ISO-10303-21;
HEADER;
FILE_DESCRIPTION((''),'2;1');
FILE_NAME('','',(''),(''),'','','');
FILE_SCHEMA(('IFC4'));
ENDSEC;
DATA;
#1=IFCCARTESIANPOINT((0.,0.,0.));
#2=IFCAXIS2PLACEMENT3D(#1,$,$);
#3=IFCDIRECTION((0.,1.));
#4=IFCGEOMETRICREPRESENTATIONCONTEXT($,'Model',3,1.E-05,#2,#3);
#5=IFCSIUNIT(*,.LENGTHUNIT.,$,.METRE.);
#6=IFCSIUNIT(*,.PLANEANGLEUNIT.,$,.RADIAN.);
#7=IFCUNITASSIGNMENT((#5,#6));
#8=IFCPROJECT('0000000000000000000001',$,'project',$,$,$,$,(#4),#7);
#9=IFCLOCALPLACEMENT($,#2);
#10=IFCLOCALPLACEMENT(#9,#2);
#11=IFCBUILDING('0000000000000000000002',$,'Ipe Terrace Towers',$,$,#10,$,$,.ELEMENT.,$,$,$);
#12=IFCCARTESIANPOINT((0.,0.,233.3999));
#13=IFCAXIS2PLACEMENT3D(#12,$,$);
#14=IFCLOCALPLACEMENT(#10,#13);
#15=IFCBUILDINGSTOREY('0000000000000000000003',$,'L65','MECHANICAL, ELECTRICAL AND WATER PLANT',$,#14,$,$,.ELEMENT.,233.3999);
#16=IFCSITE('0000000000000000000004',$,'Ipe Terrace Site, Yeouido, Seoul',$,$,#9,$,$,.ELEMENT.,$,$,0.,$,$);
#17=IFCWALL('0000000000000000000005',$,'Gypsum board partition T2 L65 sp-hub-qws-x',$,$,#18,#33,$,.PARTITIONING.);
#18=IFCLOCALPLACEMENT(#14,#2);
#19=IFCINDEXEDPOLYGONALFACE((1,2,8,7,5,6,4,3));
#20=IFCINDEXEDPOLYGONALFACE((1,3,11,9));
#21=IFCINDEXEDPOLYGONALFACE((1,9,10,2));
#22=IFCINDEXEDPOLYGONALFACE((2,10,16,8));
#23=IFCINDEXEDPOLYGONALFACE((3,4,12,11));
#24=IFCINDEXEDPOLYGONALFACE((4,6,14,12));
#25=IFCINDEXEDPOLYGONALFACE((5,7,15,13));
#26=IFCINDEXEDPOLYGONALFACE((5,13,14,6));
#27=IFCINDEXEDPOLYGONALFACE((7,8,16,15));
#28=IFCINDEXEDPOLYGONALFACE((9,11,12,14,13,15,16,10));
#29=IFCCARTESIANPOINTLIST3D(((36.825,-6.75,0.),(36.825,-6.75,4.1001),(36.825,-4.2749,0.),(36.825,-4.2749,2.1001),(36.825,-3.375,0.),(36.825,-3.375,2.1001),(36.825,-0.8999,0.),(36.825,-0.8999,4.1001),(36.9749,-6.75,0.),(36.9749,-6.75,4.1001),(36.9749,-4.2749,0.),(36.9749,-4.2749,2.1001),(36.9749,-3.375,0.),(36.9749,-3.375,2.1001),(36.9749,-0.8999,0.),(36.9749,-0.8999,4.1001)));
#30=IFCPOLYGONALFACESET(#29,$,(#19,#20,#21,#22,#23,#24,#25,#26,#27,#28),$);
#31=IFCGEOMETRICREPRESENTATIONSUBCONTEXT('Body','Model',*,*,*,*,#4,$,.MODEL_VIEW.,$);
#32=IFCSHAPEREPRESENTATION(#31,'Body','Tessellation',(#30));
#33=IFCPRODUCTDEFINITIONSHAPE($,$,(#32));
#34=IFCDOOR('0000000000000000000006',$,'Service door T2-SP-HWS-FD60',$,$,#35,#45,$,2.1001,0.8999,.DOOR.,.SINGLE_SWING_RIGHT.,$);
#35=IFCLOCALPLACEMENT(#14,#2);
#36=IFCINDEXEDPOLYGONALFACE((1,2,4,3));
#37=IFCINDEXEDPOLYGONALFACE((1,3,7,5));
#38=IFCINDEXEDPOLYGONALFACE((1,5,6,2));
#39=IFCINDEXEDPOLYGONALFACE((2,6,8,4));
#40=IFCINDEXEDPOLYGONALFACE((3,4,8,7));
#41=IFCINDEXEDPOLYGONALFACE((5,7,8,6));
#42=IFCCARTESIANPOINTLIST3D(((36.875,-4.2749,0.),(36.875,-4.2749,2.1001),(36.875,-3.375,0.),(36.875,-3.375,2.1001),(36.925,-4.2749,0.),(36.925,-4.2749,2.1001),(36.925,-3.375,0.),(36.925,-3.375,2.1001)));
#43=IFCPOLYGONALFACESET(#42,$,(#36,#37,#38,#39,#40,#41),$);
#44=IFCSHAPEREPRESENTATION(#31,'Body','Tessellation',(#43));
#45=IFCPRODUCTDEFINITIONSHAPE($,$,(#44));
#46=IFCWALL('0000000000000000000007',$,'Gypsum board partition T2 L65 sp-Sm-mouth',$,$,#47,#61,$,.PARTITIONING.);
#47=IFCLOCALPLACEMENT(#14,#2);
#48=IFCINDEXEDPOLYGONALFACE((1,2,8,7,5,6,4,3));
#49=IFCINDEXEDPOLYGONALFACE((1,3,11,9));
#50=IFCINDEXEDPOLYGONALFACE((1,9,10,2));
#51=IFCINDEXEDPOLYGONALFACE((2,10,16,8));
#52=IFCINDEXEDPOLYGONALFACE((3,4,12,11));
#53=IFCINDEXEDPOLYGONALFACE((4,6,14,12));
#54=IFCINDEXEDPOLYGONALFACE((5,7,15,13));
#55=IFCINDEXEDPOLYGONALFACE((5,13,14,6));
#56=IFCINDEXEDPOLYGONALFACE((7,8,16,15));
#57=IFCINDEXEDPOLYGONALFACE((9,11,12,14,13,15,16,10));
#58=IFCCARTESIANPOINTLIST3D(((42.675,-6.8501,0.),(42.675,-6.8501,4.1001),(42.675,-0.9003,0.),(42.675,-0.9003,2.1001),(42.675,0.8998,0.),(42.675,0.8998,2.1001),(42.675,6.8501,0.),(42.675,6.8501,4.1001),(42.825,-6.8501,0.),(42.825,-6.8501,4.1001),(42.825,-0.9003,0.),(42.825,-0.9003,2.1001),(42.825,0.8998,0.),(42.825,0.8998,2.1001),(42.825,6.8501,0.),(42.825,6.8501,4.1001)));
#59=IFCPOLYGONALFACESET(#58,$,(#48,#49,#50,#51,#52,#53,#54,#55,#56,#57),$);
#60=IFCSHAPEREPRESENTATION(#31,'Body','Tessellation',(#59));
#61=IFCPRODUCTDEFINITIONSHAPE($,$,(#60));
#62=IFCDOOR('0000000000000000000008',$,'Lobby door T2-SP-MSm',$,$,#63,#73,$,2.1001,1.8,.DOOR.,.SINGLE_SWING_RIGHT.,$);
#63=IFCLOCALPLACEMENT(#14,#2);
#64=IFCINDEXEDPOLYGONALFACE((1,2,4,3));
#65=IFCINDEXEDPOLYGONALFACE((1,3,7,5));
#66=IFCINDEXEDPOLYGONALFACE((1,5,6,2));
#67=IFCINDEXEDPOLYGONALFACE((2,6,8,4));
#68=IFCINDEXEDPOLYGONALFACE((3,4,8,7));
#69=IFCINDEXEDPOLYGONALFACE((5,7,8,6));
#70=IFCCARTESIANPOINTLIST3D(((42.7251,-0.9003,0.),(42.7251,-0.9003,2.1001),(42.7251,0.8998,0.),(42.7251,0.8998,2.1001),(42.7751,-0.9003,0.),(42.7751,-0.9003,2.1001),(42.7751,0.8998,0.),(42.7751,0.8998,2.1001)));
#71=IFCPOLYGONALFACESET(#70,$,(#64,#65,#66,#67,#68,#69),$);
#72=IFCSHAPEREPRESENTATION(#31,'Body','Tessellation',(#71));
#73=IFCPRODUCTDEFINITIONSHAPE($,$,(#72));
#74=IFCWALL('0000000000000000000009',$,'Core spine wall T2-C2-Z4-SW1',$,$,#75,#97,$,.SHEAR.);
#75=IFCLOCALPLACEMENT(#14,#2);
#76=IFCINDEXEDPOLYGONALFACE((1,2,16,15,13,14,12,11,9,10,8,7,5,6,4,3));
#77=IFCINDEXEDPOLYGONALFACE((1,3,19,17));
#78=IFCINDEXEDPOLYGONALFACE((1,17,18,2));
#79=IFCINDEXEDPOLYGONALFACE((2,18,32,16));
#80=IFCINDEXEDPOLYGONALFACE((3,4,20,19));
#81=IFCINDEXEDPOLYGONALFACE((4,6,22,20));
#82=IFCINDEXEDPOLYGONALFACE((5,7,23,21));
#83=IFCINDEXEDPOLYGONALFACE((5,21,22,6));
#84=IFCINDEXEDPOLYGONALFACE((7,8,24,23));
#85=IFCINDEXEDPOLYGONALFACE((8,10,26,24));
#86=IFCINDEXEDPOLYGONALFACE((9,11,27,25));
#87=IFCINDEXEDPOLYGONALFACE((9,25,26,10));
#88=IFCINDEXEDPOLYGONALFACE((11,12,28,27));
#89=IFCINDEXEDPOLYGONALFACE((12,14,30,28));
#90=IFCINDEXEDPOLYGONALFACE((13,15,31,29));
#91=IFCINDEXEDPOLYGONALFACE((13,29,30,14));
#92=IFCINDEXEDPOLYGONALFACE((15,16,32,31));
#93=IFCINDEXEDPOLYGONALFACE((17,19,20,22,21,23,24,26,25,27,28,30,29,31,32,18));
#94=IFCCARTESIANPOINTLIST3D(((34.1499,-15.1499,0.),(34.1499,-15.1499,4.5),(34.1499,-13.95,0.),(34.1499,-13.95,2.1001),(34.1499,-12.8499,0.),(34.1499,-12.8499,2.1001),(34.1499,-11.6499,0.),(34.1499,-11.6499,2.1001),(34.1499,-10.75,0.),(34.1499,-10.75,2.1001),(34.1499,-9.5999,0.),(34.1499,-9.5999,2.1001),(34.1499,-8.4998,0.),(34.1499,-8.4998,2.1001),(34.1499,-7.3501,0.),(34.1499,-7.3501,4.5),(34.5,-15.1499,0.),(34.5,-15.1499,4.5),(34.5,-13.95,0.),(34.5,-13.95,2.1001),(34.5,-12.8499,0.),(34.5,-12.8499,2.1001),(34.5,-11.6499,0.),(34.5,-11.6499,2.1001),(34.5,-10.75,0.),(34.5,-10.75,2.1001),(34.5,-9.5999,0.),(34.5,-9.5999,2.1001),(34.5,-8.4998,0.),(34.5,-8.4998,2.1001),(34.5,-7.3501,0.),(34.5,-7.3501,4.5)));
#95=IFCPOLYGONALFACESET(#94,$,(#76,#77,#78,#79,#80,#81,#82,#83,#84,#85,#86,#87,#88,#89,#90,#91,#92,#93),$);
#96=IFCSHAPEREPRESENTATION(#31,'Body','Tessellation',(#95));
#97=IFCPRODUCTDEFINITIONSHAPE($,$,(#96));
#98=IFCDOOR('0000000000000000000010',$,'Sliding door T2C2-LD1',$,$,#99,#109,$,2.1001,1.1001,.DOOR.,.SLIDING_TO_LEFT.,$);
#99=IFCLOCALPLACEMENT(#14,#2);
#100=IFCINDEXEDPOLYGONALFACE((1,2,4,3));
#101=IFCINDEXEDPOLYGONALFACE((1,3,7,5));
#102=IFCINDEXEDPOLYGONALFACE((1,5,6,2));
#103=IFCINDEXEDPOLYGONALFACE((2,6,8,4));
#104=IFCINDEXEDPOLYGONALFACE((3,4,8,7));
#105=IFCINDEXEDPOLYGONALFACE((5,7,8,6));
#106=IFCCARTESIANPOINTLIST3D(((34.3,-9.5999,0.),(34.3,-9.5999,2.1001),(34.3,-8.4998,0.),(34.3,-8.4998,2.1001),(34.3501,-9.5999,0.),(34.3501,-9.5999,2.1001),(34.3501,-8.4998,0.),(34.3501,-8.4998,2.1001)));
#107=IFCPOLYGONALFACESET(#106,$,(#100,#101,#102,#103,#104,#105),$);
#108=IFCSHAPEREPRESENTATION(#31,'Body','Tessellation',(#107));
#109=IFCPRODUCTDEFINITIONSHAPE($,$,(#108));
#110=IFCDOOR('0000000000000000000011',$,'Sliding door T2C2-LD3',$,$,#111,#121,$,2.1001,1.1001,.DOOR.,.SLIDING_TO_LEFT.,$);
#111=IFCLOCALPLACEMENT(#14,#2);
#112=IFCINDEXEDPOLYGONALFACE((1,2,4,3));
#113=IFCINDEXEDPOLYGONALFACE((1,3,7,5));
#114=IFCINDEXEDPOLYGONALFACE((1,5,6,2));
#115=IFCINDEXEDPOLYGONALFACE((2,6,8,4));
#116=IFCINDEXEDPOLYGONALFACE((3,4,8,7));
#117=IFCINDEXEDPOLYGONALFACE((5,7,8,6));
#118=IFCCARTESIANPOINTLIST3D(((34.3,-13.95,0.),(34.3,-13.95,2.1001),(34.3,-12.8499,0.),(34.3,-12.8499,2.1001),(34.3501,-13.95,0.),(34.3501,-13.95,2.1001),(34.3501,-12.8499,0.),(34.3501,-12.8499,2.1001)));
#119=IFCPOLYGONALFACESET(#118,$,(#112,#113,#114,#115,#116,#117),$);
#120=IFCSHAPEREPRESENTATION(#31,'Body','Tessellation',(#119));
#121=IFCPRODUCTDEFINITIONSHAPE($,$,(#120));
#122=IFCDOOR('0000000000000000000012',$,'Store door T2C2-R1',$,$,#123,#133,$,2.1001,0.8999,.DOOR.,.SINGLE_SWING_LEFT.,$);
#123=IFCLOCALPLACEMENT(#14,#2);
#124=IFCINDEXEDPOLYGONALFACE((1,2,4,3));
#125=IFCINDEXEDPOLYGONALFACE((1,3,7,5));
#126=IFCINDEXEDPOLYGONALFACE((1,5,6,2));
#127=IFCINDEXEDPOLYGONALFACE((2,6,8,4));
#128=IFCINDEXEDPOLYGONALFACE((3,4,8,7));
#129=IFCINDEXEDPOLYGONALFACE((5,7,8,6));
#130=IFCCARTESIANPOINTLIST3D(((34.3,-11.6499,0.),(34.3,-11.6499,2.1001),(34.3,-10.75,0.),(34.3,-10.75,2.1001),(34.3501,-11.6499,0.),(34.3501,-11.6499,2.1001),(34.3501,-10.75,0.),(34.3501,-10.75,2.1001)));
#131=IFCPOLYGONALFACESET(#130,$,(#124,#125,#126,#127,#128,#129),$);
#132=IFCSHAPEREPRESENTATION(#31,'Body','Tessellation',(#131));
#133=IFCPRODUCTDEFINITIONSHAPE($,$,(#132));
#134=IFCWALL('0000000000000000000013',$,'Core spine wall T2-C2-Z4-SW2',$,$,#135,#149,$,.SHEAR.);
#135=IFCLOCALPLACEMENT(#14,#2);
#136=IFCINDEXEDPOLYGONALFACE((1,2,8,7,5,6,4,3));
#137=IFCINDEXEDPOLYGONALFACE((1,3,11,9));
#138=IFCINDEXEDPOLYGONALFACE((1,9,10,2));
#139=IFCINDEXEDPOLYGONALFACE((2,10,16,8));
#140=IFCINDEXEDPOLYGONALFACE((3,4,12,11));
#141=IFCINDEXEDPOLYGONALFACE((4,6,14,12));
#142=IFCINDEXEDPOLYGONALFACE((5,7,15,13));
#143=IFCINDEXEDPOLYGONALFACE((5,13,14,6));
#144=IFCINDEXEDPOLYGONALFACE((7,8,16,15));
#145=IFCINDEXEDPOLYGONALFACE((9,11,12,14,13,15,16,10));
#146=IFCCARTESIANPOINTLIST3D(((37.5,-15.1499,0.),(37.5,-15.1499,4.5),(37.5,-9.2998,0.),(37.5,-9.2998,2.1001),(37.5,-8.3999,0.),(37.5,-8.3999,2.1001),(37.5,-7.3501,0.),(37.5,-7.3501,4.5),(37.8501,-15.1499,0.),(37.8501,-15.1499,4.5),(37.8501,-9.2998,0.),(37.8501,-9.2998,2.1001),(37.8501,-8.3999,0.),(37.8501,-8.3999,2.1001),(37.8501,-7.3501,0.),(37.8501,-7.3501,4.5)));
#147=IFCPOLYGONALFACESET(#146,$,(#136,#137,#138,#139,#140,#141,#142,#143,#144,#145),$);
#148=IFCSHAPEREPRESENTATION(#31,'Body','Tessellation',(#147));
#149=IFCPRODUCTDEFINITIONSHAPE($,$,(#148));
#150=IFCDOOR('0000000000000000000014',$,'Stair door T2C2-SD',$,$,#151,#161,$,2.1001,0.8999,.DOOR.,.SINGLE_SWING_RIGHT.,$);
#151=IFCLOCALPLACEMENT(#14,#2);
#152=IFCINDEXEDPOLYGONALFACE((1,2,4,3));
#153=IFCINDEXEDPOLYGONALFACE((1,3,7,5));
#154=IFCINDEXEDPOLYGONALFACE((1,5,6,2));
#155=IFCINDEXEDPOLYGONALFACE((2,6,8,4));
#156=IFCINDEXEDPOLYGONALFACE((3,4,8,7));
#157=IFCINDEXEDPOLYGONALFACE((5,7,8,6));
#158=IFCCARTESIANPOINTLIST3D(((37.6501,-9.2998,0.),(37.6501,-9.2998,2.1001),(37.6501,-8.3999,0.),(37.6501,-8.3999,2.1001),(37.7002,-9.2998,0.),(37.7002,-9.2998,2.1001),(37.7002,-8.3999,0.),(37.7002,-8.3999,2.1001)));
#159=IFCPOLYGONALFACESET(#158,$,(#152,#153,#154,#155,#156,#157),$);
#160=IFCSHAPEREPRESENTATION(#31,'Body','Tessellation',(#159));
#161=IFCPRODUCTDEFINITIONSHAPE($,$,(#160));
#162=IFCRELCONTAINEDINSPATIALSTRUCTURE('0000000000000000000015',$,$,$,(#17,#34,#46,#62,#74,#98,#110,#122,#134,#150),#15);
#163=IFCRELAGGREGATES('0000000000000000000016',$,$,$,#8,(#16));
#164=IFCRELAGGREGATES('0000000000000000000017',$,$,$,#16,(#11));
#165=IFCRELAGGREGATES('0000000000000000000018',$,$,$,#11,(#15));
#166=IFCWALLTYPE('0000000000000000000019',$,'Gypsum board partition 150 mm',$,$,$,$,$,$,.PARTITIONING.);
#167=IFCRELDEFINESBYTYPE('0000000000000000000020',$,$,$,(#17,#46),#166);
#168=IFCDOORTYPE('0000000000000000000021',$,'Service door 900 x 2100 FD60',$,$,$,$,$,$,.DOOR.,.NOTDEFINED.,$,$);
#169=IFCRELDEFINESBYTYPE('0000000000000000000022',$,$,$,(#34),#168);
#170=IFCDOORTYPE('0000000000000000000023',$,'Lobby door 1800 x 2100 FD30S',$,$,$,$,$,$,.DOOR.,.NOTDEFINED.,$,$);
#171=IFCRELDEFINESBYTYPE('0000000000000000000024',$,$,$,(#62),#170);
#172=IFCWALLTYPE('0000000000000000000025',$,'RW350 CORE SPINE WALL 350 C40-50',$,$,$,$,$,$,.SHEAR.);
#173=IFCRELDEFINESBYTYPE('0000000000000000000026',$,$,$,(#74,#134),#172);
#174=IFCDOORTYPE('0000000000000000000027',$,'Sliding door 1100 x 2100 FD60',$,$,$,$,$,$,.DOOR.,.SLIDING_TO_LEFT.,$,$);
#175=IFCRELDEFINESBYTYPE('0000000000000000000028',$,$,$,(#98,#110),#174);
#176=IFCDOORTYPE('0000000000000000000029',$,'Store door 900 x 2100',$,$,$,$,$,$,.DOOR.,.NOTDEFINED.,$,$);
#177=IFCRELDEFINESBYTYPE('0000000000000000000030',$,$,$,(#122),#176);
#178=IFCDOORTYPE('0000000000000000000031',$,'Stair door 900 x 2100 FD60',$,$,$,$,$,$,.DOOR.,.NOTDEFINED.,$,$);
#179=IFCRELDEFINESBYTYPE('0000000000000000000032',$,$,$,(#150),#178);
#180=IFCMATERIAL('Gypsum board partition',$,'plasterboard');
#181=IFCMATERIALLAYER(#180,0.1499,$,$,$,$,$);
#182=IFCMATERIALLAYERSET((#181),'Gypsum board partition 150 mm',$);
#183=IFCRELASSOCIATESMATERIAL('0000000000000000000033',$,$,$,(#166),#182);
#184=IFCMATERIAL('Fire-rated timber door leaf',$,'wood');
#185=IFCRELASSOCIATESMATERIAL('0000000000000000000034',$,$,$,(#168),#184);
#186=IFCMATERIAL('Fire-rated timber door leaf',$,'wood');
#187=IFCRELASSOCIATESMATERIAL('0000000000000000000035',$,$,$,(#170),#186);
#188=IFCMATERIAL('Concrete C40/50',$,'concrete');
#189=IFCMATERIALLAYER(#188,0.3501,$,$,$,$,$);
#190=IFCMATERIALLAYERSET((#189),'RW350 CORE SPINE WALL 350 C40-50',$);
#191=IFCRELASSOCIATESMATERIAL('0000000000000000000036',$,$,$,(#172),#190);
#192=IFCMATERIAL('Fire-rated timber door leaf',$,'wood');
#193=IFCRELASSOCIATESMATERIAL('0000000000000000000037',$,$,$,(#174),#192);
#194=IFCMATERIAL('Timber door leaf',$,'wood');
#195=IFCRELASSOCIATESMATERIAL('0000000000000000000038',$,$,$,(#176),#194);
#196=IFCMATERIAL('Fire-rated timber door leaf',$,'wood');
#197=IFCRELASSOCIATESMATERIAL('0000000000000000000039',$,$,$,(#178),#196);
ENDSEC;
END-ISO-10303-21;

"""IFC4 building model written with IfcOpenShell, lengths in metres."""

from ifc_helpers import new_model, si_unit, direction, frame, frame_2d, origin, place, context, subcontext, project, spatial, rectangle, extrude, material, layer, layer_set, type_object, element, fill, save


model = new_model("IFC4")

# Units and contexts
model_context = context("Model", 3, precision=1e-05, world=origin(), true_north=direction((0.0, 1.0)))
body_context = subcontext(model_context, "Body", "Model", "MODEL_VIEW")
ifc_project = project(units=[si_unit("LENGTHUNIT", "METRE"), si_unit("PLANEANGLEUNIT", "RADIAN")], contexts=[model_context])

# Site, building, storey
site_placement = place(None, origin())
site = spatial("IfcSite", under=ifc_project, at=site_placement, Name="Ipe Terrace Site, Yeouido, Seoul", CompositionType="ELEMENT", RefElevation=0.0)
building_placement = place(site_placement, origin())
building = spatial("IfcBuilding", under=site, at=building_placement, Name="Ipe Terrace Towers", CompositionType="ELEMENT")
storey_placement = place(building_placement, frame((0.0, 0.0, 233.3999)))
storey = spatial("IfcBuildingStorey", under=building, at=storey_placement, Name="L65", Description="MECHANICAL, ELECTRICAL AND WATER PLANT", CompositionType="ELEMENT", Elevation=233.3999)

# Shared definitions
ifc_material_1 = material(Name="Gypsum board partition", Category="plasterboard")
ifc_layer_1 = layer(ifc_material_1, 0.1499)
ifc_layer_set_1 = layer_set([ifc_layer_1], Name="Gypsum board partition 150 mm")
wall_type_1 = type_object("IfcWallType", Name="Gypsum board partition 150 mm", PredefinedType="PARTITIONING", material=ifc_layer_set_1)
ifc_material_2 = material(Name="Fire-rated timber door leaf", Category="wood")
door_type_1 = type_object("IfcDoorType", Name="Service door 900 x 2100 FD60", OperationType="NOTDEFINED", PredefinedType="DOOR", material=ifc_material_2)

# Walls, openings, doors
wall_1_placement = place(storey_placement, frame((36.8999, -6.75, 0.0), z_axis=(0.0, 0.0, 1.0), x_axis=(0.0, 1.0, 0.0)))
wall_1 = element("IfcWall", 1, at=wall_1_placement, inside=storey, type_object=wall_type_1, Name="Gypsum board partition T2 L65 sp-hub-qws-x", PredefinedType="PARTITIONING", context=body_context, shape_type="SweptSolid", body=[
    extrude(rectangle(XDim=5.8501, YDim=0.1499, at=frame_2d((2.925, 0.0))), origin(), (0.0, 0.0, 1.0), 4.1001),
])
opening_1_placement = place(wall_1_placement, frame((2.4751, 0.0, 0.0)))
opening_1 = element("IfcOpeningElement", 2, at=opening_1_placement, cuts=wall_1, PredefinedType="OPENING", context=body_context, shape_type="SweptSolid", body=[
    extrude(rectangle(XDim=0.8999, YDim=2.1001, at=frame_2d((0.45, 1.05))), frame((0.0, 0.085, 0.0), z_axis=(0.0, -1.0, 0.0), x_axis=(1.0, 0.0, 0.0)), (0.0, 0.0, 1.0), 0.1699),
])
door_1_placement = place(opening_1_placement, origin())
door_1 = element("IfcDoor", 3, at=door_1_placement, inside=storey, type_object=door_type_1, Name="Service door T2-SP-HWS-FD60", OperationType="SINGLE_SWING_RIGHT", OverallHeight=2.1001, OverallWidth=0.8999, PredefinedType="DOOR", context=body_context, shape_type="SweptSolid", body=[
    extrude(rectangle(XDim=0.8999, YDim=2.1001, at=frame_2d((0.45, 1.05))), frame((0.0, 0.0249, 0.0), z_axis=(0.0, -1.0, 0.0), x_axis=(1.0, 0.0, 0.0)), (0.0, 0.0, 1.0), 0.05),
])
fill(opening_1, door_1)
wall_2_placement = place(storey_placement, frame((42.75, -6.8501, 0.0), z_axis=(0.0, 0.0, 1.0), x_axis=(0.0, 1.0, 0.0)))
wall_2 = element("IfcWall", 4, at=wall_2_placement, inside=storey, type_object=wall_type_1, Name="Gypsum board partition T2 L65 sp-Sm-mouth", PredefinedType="PARTITIONING", context=body_context, shape_type="SweptSolid", body=[
    extrude(rectangle(XDim=13.7002, YDim=0.1499, at=frame_2d((6.8501, 0.0))), origin(), (0.0, 0.0, 1.0), 4.1001),
])
opening_2_placement = place(wall_2_placement, frame((5.95, 0.0, 0.0)))
opening_2 = element("IfcOpeningElement", 5, at=opening_2_placement, cuts=wall_2, PredefinedType="OPENING", context=body_context, shape_type="SweptSolid", body=[
    extrude(rectangle(XDim=1.8, YDim=2.1001, at=frame_2d((0.8999, 1.05))), frame((0.0, 0.085, 0.0), z_axis=(0.0, -1.0, 0.0), x_axis=(1.0, 0.0, 0.0)), (0.0, 0.0, 1.0), 0.1699),
])
ifc_material_3 = material(Name="Fire-rated timber door leaf", Category="wood")
door_type_2 = type_object("IfcDoorType", Name="Lobby door 1800 x 2100 FD30S", OperationType="NOTDEFINED", PredefinedType="DOOR", material=ifc_material_3)
door_2_placement = place(opening_2_placement, origin())
door_2 = element("IfcDoor", 6, at=door_2_placement, inside=storey, type_object=door_type_2, Name="Lobby door T2-SP-MSm", OperationType="SINGLE_SWING_RIGHT", OverallHeight=2.1001, OverallWidth=1.8, PredefinedType="DOOR", context=body_context, shape_type="SweptSolid", body=[
    extrude(rectangle(XDim=1.8, YDim=2.1001, at=frame_2d((0.8999, 1.05))), frame((0.0, 0.0249, 0.0), z_axis=(0.0, -1.0, 0.0), x_axis=(1.0, 0.0, 0.0)), (0.0, 0.0, 1.0), 0.05),
])
fill(opening_2, door_2)

# Wall, openings, doors
ifc_material_4 = material(Name="Concrete C40/50", Category="concrete")
ifc_layer_2 = layer(ifc_material_4, 0.3501)
ifc_layer_set_2 = layer_set([ifc_layer_2], Name="RW350 CORE SPINE WALL 350 C40-50")
wall_type_2 = type_object("IfcWallType", Name="RW350 CORE SPINE WALL 350 C40-50", PredefinedType="SHEAR", material=ifc_layer_set_2)
wall_3_placement = place(storey_placement, frame((34.325, -15.1499, 0.0), z_axis=(0.0, 0.0, 1.0), x_axis=(0.0, 1.0, 0.0)))
wall_3 = element("IfcWall", 7, at=wall_3_placement, inside=storey, type_object=wall_type_2, Name="Core spine wall T2-C2-Z4-SW1", PredefinedType="SHEAR", context=body_context, shape_type="SweptSolid", body=[
    extrude(rectangle(XDim=7.7998, YDim=0.3501, at=frame_2d((3.8999, 0.0))), origin(), (0.0, 0.0, 1.0), 4.5),
])
opening_3_placement = place(wall_3_placement, frame((5.55, 0.0, 0.0)))
opening_3 = element("IfcOpeningElement", 8, at=opening_3_placement, cuts=wall_3, PredefinedType="OPENING", context=body_context, shape_type="SweptSolid", body=[
    extrude(rectangle(XDim=1.1001, YDim=2.1001, at=frame_2d((0.55, 1.05))), frame((0.0, 0.1851, 0.0), z_axis=(0.0, -1.0, 0.0), x_axis=(1.0, 0.0, 0.0)), (0.0, 0.0, 1.0), 0.3701),
])
opening_4_placement = place(wall_3_placement, frame((1.2, 0.0, 0.0)))
opening_4 = element("IfcOpeningElement", 9, at=opening_4_placement, cuts=wall_3, PredefinedType="OPENING", context=body_context, shape_type="SweptSolid", body=[
    extrude(rectangle(XDim=1.1001, YDim=2.1001, at=frame_2d((0.55, 1.05))), frame((0.0, 0.1851, 0.0), z_axis=(0.0, -1.0, 0.0), x_axis=(1.0, 0.0, 0.0)), (0.0, 0.0, 1.0), 0.3701),
])
opening_5_placement = place(wall_3_placement, frame((3.5, 0.0, 0.0)))
opening_5 = element("IfcOpeningElement", 10, at=opening_5_placement, cuts=wall_3, PredefinedType="OPENING", context=body_context, shape_type="SweptSolid", body=[
    extrude(rectangle(XDim=0.8999, YDim=2.1001, at=frame_2d((0.45, 1.05))), frame((0.0, 0.1851, 0.0), z_axis=(0.0, -1.0, 0.0), x_axis=(1.0, 0.0, 0.0)), (0.0, 0.0, 1.0), 0.3701),
])
ifc_material_5 = material(Name="Fire-rated timber door leaf", Category="wood")
door_type_3 = type_object("IfcDoorType", Name="Sliding door 1100 x 2100 FD60", OperationType="SLIDING_TO_LEFT", PredefinedType="DOOR", material=ifc_material_5)
door_3_placement = place(opening_3_placement, origin())
door_3 = element("IfcDoor", 11, at=door_3_placement, inside=storey, type_object=door_type_3, Name="Sliding door T2C2-LD1", OperationType="SLIDING_TO_LEFT", OverallHeight=2.1001, OverallWidth=1.1001, PredefinedType="DOOR", context=body_context, shape_type="SweptSolid", body=[
    extrude(rectangle(XDim=1.1001, YDim=2.1001, at=frame_2d((0.55, 1.05))), frame((0.0, 0.0249, 0.0), z_axis=(0.0, -1.0, 0.0), x_axis=(1.0, 0.0, 0.0)), (0.0, 0.0, 1.0), 0.05),
])
fill(opening_3, door_3)
door_4_placement = place(opening_4_placement, origin())
door_4 = element("IfcDoor", 12, at=door_4_placement, inside=storey, type_object=door_type_3, Name="Sliding door T2C2-LD3", OperationType="SLIDING_TO_LEFT", OverallHeight=2.1001, OverallWidth=1.1001, PredefinedType="DOOR", context=body_context, shape_type="SweptSolid", body=[
    extrude(rectangle(XDim=1.1001, YDim=2.1001, at=frame_2d((0.55, 1.05))), frame((0.0, 0.0249, 0.0), z_axis=(0.0, -1.0, 0.0), x_axis=(1.0, 0.0, 0.0)), (0.0, 0.0, 1.0), 0.05),
])
fill(opening_4, door_4)
ifc_material_6 = material(Name="Timber door leaf", Category="wood")
door_type_4 = type_object("IfcDoorType", Name="Store door 900 x 2100", OperationType="NOTDEFINED", PredefinedType="DOOR", material=ifc_material_6)
door_5_placement = place(opening_5_placement, origin())
door_5 = element("IfcDoor", 13, at=door_5_placement, inside=storey, type_object=door_type_4, Name="Store door T2C2-R1", OperationType="SINGLE_SWING_LEFT", OverallHeight=2.1001, OverallWidth=0.8999, PredefinedType="DOOR", context=body_context, shape_type="SweptSolid", body=[
    extrude(rectangle(XDim=0.8999, YDim=2.1001, at=frame_2d((0.45, 1.05))), frame((0.0, 0.0249, 0.0), z_axis=(0.0, -1.0, 0.0), x_axis=(1.0, 0.0, 0.0)), (0.0, 0.0, 1.0), 0.05),
])
fill(opening_5, door_5)

# Wall, opening, door
wall_4_placement = place(storey_placement, frame((37.675, -15.1499, 0.0), z_axis=(0.0, 0.0, 1.0), x_axis=(0.0, 1.0, 0.0)))
wall_4 = element("IfcWall", 14, at=wall_4_placement, inside=storey, type_object=wall_type_2, Name="Core spine wall T2-C2-Z4-SW2", PredefinedType="SHEAR", context=body_context, shape_type="SweptSolid", body=[
    extrude(rectangle(XDim=7.7998, YDim=0.3501, at=frame_2d((3.8999, 0.0))), origin(), (0.0, 0.0, 1.0), 4.5),
])
opening_6_placement = place(wall_4_placement, frame((5.8501, 0.0, 0.0)))
opening_6 = element("IfcOpeningElement", 15, at=opening_6_placement, cuts=wall_4, PredefinedType="OPENING", context=body_context, shape_type="SweptSolid", body=[
    extrude(rectangle(XDim=0.8999, YDim=2.1001, at=frame_2d((0.45, 1.05))), frame((0.0, 0.1851, 0.0), z_axis=(0.0, -1.0, 0.0), x_axis=(1.0, 0.0, 0.0)), (0.0, 0.0, 1.0), 0.3701),
])
ifc_material_7 = material(Name="Fire-rated timber door leaf", Category="wood")
door_type_5 = type_object("IfcDoorType", Name="Stair door 900 x 2100 FD60", OperationType="NOTDEFINED", PredefinedType="DOOR", material=ifc_material_7)
door_6_placement = place(opening_6_placement, origin())
door_6 = element("IfcDoor", 16, at=door_6_placement, inside=storey, type_object=door_type_5, Name="Stair door T2C2-SD", OperationType="SINGLE_SWING_RIGHT", OverallHeight=2.1001, OverallWidth=0.8999, PredefinedType="DOOR", context=body_context, shape_type="SweptSolid", body=[
    extrude(rectangle(XDim=0.8999, YDim=2.1001, at=frame_2d((0.45, 1.05))), frame((0.0, 0.0249, 0.0), z_axis=(0.0, -1.0, 0.0), x_axis=(1.0, 0.0, 0.0)), (0.0, 0.0, 1.0), 0.05),
])
fill(opening_6, door_6)

save(model, "model.ifc")
